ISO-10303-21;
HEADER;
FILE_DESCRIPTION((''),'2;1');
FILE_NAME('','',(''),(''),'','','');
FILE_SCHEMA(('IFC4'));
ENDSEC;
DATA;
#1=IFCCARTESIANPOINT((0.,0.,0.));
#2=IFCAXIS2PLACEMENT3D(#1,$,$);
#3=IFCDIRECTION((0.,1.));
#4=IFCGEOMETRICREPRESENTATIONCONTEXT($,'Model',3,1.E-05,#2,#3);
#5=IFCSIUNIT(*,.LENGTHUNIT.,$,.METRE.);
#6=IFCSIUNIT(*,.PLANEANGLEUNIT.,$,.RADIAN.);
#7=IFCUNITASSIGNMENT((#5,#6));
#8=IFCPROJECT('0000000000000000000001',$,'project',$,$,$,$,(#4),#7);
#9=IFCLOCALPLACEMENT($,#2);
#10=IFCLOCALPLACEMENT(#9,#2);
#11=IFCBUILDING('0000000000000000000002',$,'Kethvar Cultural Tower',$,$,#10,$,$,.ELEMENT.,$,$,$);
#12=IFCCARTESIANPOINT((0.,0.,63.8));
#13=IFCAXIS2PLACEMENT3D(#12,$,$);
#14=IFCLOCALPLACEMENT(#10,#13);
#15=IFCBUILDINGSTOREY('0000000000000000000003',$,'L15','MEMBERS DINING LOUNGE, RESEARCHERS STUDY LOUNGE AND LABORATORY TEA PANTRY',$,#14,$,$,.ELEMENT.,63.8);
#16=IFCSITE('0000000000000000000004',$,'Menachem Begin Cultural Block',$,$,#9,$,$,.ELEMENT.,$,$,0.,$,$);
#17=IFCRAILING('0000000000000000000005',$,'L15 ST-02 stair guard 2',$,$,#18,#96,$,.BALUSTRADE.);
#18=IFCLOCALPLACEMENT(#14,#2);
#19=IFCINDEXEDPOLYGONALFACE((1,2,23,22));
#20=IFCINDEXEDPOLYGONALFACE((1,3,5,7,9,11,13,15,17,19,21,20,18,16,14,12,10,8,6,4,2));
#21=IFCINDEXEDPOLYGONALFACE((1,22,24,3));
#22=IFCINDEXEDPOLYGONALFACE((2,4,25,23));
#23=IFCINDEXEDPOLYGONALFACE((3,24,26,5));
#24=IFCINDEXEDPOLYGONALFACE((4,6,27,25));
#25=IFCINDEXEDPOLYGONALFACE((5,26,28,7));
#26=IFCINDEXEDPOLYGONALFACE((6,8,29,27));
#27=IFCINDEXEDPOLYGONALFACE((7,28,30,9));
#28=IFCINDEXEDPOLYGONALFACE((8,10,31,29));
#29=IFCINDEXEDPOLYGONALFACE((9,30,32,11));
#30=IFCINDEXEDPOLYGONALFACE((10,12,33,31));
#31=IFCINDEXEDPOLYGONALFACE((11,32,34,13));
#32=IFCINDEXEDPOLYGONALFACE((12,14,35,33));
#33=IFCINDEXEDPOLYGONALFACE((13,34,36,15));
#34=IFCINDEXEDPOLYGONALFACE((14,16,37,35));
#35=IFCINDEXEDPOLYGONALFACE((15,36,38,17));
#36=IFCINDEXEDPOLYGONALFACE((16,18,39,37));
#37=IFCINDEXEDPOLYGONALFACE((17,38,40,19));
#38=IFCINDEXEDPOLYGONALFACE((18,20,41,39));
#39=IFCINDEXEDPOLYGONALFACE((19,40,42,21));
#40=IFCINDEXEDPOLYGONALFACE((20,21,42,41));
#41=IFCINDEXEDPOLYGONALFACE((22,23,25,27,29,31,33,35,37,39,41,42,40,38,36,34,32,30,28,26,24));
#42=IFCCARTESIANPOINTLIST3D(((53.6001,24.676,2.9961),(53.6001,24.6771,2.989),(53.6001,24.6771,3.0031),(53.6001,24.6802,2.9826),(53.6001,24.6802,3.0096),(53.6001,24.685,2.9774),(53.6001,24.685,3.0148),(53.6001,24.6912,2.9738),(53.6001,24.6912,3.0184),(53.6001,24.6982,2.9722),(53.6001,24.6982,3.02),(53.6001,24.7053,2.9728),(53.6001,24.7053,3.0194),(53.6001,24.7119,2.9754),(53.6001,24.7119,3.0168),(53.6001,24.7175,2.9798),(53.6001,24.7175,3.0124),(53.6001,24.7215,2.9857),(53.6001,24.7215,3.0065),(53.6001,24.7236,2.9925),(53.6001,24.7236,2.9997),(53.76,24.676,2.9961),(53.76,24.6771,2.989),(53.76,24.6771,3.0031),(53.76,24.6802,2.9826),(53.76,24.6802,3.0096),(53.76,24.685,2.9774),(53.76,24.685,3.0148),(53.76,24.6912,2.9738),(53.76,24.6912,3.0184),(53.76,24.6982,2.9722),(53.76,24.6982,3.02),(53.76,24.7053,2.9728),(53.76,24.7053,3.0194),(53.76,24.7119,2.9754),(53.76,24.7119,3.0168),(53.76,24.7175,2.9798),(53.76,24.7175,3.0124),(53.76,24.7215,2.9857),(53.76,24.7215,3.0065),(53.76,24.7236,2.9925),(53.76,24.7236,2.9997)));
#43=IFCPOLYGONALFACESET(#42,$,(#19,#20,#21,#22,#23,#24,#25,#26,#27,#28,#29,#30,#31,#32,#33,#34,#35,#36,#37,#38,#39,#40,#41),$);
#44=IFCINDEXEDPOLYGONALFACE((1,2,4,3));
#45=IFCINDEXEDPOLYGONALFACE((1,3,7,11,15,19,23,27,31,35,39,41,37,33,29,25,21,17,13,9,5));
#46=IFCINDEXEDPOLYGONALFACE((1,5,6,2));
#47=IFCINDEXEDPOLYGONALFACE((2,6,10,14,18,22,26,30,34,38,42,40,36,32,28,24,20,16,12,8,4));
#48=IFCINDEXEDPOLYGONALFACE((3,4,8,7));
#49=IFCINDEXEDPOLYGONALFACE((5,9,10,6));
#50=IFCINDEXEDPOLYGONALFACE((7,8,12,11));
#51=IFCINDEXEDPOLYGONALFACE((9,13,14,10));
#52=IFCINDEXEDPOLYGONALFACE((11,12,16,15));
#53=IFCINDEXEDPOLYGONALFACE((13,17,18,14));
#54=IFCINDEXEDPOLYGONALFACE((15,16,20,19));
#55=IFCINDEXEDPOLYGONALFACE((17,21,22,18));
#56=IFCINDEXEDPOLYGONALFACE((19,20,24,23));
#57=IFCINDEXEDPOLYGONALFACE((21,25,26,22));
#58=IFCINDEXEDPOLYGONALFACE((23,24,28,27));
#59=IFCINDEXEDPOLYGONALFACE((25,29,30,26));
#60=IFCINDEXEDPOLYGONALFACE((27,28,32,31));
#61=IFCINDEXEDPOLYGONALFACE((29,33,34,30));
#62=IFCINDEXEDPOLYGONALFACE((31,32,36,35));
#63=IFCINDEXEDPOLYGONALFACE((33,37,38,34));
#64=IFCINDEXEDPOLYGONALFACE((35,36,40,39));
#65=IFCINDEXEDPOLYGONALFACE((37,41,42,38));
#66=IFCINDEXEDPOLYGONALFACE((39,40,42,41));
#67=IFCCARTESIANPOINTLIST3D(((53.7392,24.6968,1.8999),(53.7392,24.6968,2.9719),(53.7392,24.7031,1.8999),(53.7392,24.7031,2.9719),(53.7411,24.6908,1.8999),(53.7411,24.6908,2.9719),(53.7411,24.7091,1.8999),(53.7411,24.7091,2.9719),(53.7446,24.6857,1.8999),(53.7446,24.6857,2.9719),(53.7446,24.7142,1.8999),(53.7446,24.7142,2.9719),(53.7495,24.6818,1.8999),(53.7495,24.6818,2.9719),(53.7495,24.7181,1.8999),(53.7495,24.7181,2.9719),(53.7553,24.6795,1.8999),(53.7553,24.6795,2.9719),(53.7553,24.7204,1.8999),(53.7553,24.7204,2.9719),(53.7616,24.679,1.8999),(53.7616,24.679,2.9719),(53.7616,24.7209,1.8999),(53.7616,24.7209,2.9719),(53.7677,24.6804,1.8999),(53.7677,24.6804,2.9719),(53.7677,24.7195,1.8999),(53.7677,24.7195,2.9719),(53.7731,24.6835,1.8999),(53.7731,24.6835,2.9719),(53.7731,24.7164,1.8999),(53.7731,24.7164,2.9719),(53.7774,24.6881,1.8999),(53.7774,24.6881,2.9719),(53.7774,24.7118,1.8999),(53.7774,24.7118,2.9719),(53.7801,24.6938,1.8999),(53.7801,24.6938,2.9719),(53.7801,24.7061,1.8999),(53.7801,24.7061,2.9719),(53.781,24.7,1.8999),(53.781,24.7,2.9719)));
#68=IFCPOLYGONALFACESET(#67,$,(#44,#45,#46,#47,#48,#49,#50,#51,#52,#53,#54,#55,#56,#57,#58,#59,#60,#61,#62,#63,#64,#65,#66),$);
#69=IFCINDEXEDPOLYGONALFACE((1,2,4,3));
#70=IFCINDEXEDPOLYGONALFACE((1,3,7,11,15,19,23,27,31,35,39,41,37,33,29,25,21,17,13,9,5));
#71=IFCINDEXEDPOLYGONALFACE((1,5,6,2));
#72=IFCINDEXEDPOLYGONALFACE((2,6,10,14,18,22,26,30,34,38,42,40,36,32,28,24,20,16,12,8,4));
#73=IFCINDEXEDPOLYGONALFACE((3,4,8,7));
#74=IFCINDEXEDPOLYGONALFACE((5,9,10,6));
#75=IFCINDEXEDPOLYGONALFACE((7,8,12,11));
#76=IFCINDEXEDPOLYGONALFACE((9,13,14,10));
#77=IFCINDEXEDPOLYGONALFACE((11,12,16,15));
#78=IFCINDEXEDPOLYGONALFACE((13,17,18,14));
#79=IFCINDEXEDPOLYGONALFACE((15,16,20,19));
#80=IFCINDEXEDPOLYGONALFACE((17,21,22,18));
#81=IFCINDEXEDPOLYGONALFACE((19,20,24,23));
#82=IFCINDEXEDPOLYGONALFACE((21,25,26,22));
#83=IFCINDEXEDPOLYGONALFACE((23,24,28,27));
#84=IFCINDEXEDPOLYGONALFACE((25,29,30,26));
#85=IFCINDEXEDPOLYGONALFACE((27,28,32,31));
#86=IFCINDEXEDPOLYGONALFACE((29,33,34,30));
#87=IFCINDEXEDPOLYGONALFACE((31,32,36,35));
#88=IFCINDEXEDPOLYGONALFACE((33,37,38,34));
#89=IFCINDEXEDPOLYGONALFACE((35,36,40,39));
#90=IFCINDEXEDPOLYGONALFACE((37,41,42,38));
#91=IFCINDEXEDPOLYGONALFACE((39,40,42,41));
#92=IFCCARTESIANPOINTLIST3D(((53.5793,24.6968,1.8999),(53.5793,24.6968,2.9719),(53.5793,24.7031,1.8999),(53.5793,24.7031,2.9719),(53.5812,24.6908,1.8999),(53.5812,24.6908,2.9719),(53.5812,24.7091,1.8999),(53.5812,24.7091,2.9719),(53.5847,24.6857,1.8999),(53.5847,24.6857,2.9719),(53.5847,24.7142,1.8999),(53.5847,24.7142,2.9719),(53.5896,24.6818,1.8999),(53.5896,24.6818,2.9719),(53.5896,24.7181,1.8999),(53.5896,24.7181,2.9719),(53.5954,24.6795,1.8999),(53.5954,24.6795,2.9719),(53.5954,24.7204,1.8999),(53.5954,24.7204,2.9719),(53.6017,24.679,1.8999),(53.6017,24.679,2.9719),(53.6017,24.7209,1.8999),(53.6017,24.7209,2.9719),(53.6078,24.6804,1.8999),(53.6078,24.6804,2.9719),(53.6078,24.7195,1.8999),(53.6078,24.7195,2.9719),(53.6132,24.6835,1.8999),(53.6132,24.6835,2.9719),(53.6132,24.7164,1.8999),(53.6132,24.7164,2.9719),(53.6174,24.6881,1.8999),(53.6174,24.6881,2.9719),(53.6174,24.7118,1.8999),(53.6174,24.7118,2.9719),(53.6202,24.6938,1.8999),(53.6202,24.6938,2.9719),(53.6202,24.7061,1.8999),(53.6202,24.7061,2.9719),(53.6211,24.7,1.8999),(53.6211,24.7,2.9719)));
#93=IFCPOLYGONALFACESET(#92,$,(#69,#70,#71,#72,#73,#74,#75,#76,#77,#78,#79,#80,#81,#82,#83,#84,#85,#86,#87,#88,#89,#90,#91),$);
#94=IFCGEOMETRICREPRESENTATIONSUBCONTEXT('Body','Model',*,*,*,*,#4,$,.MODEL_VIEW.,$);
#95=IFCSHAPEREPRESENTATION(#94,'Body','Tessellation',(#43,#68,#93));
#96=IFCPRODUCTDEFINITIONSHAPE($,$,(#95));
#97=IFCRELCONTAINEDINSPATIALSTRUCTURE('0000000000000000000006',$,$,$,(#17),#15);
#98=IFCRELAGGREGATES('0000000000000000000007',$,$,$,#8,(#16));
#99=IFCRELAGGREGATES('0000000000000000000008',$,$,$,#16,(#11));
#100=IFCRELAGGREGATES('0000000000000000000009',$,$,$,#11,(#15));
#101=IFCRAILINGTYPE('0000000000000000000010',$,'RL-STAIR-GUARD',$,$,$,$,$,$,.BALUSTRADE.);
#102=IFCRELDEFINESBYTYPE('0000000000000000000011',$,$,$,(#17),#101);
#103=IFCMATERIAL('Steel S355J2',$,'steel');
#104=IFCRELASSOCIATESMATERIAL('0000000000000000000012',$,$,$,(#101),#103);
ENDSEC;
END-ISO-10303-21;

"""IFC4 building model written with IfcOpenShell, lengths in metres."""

from ifc_helpers import new_model, si_unit, direction, frame, origin, origin_2d, place, context, subcontext, project, spatial, circle, extrude, material, type_object, element, save


model = new_model("IFC4")

# Units and contexts
model_context = context("Model", 3, precision=1e-05, world=origin(), true_north=direction((0.0, 1.0)))
body_context = subcontext(model_context, "Body", "Model", "MODEL_VIEW")
ifc_project = project(units=[si_unit("LENGTHUNIT", "METRE"), si_unit("PLANEANGLEUNIT", "RADIAN")], contexts=[model_context])

# Site, building, storey
site_placement = place(None, origin())
site = spatial("IfcSite", under=ifc_project, at=site_placement, Name="Menachem Begin Cultural Block", CompositionType="ELEMENT", RefElevation=0.0)
building_placement = place(site_placement, origin())
building = spatial("IfcBuilding", under=site, at=building_placement, Name="Kethvar Cultural Tower", CompositionType="ELEMENT")
storey_placement = place(building_placement, frame((0.0, 0.0, 63.8)))
storey = spatial("IfcBuildingStorey", under=building, at=storey_placement, Name="L15", Description="MEMBERS DINING LOUNGE, RESEARCHERS STUDY LOUNGE AND LABORATORY TEA PANTRY", CompositionType="ELEMENT", Elevation=63.8)

# Shared definitions
ifc_material_1 = material(Name="Steel S355J2", Category="steel")

# Railing
railing_type_1 = type_object("IfcRailingType", Name="RL-STAIR-GUARD", PredefinedType="BALUSTRADE", material=ifc_material_1)
railing_1_placement = place(storey_placement, frame((53.76, 24.7, 1.8999)))
element("IfcRailing", 1, at=railing_1_placement, inside=storey, type_object=railing_type_1, Name="L15 ST-02 stair guard 2", PredefinedType="BALUSTRADE", context=body_context, shape_type="SweptSolid", body=[
    extrude(circle(Radius=0.0239, at=origin_2d()), frame((0.0, 0.0, 1.0962), z_axis=(-1.0, 0.0, 0.0), x_axis=(0.0, -1.0, 0.0)), (0.0, 0.0, 1.0), 0.1599),
    extrude(circle(Radius=0.021, at=origin_2d()), origin(), (0.0, 0.0, 1.0), 1.072),
    extrude(circle(Radius=0.021, at=origin_2d()), frame((-0.1599, 0.0, 0.0)), (0.0, 0.0, 1.0), 1.072),
])

save(model, "model.ifc")
